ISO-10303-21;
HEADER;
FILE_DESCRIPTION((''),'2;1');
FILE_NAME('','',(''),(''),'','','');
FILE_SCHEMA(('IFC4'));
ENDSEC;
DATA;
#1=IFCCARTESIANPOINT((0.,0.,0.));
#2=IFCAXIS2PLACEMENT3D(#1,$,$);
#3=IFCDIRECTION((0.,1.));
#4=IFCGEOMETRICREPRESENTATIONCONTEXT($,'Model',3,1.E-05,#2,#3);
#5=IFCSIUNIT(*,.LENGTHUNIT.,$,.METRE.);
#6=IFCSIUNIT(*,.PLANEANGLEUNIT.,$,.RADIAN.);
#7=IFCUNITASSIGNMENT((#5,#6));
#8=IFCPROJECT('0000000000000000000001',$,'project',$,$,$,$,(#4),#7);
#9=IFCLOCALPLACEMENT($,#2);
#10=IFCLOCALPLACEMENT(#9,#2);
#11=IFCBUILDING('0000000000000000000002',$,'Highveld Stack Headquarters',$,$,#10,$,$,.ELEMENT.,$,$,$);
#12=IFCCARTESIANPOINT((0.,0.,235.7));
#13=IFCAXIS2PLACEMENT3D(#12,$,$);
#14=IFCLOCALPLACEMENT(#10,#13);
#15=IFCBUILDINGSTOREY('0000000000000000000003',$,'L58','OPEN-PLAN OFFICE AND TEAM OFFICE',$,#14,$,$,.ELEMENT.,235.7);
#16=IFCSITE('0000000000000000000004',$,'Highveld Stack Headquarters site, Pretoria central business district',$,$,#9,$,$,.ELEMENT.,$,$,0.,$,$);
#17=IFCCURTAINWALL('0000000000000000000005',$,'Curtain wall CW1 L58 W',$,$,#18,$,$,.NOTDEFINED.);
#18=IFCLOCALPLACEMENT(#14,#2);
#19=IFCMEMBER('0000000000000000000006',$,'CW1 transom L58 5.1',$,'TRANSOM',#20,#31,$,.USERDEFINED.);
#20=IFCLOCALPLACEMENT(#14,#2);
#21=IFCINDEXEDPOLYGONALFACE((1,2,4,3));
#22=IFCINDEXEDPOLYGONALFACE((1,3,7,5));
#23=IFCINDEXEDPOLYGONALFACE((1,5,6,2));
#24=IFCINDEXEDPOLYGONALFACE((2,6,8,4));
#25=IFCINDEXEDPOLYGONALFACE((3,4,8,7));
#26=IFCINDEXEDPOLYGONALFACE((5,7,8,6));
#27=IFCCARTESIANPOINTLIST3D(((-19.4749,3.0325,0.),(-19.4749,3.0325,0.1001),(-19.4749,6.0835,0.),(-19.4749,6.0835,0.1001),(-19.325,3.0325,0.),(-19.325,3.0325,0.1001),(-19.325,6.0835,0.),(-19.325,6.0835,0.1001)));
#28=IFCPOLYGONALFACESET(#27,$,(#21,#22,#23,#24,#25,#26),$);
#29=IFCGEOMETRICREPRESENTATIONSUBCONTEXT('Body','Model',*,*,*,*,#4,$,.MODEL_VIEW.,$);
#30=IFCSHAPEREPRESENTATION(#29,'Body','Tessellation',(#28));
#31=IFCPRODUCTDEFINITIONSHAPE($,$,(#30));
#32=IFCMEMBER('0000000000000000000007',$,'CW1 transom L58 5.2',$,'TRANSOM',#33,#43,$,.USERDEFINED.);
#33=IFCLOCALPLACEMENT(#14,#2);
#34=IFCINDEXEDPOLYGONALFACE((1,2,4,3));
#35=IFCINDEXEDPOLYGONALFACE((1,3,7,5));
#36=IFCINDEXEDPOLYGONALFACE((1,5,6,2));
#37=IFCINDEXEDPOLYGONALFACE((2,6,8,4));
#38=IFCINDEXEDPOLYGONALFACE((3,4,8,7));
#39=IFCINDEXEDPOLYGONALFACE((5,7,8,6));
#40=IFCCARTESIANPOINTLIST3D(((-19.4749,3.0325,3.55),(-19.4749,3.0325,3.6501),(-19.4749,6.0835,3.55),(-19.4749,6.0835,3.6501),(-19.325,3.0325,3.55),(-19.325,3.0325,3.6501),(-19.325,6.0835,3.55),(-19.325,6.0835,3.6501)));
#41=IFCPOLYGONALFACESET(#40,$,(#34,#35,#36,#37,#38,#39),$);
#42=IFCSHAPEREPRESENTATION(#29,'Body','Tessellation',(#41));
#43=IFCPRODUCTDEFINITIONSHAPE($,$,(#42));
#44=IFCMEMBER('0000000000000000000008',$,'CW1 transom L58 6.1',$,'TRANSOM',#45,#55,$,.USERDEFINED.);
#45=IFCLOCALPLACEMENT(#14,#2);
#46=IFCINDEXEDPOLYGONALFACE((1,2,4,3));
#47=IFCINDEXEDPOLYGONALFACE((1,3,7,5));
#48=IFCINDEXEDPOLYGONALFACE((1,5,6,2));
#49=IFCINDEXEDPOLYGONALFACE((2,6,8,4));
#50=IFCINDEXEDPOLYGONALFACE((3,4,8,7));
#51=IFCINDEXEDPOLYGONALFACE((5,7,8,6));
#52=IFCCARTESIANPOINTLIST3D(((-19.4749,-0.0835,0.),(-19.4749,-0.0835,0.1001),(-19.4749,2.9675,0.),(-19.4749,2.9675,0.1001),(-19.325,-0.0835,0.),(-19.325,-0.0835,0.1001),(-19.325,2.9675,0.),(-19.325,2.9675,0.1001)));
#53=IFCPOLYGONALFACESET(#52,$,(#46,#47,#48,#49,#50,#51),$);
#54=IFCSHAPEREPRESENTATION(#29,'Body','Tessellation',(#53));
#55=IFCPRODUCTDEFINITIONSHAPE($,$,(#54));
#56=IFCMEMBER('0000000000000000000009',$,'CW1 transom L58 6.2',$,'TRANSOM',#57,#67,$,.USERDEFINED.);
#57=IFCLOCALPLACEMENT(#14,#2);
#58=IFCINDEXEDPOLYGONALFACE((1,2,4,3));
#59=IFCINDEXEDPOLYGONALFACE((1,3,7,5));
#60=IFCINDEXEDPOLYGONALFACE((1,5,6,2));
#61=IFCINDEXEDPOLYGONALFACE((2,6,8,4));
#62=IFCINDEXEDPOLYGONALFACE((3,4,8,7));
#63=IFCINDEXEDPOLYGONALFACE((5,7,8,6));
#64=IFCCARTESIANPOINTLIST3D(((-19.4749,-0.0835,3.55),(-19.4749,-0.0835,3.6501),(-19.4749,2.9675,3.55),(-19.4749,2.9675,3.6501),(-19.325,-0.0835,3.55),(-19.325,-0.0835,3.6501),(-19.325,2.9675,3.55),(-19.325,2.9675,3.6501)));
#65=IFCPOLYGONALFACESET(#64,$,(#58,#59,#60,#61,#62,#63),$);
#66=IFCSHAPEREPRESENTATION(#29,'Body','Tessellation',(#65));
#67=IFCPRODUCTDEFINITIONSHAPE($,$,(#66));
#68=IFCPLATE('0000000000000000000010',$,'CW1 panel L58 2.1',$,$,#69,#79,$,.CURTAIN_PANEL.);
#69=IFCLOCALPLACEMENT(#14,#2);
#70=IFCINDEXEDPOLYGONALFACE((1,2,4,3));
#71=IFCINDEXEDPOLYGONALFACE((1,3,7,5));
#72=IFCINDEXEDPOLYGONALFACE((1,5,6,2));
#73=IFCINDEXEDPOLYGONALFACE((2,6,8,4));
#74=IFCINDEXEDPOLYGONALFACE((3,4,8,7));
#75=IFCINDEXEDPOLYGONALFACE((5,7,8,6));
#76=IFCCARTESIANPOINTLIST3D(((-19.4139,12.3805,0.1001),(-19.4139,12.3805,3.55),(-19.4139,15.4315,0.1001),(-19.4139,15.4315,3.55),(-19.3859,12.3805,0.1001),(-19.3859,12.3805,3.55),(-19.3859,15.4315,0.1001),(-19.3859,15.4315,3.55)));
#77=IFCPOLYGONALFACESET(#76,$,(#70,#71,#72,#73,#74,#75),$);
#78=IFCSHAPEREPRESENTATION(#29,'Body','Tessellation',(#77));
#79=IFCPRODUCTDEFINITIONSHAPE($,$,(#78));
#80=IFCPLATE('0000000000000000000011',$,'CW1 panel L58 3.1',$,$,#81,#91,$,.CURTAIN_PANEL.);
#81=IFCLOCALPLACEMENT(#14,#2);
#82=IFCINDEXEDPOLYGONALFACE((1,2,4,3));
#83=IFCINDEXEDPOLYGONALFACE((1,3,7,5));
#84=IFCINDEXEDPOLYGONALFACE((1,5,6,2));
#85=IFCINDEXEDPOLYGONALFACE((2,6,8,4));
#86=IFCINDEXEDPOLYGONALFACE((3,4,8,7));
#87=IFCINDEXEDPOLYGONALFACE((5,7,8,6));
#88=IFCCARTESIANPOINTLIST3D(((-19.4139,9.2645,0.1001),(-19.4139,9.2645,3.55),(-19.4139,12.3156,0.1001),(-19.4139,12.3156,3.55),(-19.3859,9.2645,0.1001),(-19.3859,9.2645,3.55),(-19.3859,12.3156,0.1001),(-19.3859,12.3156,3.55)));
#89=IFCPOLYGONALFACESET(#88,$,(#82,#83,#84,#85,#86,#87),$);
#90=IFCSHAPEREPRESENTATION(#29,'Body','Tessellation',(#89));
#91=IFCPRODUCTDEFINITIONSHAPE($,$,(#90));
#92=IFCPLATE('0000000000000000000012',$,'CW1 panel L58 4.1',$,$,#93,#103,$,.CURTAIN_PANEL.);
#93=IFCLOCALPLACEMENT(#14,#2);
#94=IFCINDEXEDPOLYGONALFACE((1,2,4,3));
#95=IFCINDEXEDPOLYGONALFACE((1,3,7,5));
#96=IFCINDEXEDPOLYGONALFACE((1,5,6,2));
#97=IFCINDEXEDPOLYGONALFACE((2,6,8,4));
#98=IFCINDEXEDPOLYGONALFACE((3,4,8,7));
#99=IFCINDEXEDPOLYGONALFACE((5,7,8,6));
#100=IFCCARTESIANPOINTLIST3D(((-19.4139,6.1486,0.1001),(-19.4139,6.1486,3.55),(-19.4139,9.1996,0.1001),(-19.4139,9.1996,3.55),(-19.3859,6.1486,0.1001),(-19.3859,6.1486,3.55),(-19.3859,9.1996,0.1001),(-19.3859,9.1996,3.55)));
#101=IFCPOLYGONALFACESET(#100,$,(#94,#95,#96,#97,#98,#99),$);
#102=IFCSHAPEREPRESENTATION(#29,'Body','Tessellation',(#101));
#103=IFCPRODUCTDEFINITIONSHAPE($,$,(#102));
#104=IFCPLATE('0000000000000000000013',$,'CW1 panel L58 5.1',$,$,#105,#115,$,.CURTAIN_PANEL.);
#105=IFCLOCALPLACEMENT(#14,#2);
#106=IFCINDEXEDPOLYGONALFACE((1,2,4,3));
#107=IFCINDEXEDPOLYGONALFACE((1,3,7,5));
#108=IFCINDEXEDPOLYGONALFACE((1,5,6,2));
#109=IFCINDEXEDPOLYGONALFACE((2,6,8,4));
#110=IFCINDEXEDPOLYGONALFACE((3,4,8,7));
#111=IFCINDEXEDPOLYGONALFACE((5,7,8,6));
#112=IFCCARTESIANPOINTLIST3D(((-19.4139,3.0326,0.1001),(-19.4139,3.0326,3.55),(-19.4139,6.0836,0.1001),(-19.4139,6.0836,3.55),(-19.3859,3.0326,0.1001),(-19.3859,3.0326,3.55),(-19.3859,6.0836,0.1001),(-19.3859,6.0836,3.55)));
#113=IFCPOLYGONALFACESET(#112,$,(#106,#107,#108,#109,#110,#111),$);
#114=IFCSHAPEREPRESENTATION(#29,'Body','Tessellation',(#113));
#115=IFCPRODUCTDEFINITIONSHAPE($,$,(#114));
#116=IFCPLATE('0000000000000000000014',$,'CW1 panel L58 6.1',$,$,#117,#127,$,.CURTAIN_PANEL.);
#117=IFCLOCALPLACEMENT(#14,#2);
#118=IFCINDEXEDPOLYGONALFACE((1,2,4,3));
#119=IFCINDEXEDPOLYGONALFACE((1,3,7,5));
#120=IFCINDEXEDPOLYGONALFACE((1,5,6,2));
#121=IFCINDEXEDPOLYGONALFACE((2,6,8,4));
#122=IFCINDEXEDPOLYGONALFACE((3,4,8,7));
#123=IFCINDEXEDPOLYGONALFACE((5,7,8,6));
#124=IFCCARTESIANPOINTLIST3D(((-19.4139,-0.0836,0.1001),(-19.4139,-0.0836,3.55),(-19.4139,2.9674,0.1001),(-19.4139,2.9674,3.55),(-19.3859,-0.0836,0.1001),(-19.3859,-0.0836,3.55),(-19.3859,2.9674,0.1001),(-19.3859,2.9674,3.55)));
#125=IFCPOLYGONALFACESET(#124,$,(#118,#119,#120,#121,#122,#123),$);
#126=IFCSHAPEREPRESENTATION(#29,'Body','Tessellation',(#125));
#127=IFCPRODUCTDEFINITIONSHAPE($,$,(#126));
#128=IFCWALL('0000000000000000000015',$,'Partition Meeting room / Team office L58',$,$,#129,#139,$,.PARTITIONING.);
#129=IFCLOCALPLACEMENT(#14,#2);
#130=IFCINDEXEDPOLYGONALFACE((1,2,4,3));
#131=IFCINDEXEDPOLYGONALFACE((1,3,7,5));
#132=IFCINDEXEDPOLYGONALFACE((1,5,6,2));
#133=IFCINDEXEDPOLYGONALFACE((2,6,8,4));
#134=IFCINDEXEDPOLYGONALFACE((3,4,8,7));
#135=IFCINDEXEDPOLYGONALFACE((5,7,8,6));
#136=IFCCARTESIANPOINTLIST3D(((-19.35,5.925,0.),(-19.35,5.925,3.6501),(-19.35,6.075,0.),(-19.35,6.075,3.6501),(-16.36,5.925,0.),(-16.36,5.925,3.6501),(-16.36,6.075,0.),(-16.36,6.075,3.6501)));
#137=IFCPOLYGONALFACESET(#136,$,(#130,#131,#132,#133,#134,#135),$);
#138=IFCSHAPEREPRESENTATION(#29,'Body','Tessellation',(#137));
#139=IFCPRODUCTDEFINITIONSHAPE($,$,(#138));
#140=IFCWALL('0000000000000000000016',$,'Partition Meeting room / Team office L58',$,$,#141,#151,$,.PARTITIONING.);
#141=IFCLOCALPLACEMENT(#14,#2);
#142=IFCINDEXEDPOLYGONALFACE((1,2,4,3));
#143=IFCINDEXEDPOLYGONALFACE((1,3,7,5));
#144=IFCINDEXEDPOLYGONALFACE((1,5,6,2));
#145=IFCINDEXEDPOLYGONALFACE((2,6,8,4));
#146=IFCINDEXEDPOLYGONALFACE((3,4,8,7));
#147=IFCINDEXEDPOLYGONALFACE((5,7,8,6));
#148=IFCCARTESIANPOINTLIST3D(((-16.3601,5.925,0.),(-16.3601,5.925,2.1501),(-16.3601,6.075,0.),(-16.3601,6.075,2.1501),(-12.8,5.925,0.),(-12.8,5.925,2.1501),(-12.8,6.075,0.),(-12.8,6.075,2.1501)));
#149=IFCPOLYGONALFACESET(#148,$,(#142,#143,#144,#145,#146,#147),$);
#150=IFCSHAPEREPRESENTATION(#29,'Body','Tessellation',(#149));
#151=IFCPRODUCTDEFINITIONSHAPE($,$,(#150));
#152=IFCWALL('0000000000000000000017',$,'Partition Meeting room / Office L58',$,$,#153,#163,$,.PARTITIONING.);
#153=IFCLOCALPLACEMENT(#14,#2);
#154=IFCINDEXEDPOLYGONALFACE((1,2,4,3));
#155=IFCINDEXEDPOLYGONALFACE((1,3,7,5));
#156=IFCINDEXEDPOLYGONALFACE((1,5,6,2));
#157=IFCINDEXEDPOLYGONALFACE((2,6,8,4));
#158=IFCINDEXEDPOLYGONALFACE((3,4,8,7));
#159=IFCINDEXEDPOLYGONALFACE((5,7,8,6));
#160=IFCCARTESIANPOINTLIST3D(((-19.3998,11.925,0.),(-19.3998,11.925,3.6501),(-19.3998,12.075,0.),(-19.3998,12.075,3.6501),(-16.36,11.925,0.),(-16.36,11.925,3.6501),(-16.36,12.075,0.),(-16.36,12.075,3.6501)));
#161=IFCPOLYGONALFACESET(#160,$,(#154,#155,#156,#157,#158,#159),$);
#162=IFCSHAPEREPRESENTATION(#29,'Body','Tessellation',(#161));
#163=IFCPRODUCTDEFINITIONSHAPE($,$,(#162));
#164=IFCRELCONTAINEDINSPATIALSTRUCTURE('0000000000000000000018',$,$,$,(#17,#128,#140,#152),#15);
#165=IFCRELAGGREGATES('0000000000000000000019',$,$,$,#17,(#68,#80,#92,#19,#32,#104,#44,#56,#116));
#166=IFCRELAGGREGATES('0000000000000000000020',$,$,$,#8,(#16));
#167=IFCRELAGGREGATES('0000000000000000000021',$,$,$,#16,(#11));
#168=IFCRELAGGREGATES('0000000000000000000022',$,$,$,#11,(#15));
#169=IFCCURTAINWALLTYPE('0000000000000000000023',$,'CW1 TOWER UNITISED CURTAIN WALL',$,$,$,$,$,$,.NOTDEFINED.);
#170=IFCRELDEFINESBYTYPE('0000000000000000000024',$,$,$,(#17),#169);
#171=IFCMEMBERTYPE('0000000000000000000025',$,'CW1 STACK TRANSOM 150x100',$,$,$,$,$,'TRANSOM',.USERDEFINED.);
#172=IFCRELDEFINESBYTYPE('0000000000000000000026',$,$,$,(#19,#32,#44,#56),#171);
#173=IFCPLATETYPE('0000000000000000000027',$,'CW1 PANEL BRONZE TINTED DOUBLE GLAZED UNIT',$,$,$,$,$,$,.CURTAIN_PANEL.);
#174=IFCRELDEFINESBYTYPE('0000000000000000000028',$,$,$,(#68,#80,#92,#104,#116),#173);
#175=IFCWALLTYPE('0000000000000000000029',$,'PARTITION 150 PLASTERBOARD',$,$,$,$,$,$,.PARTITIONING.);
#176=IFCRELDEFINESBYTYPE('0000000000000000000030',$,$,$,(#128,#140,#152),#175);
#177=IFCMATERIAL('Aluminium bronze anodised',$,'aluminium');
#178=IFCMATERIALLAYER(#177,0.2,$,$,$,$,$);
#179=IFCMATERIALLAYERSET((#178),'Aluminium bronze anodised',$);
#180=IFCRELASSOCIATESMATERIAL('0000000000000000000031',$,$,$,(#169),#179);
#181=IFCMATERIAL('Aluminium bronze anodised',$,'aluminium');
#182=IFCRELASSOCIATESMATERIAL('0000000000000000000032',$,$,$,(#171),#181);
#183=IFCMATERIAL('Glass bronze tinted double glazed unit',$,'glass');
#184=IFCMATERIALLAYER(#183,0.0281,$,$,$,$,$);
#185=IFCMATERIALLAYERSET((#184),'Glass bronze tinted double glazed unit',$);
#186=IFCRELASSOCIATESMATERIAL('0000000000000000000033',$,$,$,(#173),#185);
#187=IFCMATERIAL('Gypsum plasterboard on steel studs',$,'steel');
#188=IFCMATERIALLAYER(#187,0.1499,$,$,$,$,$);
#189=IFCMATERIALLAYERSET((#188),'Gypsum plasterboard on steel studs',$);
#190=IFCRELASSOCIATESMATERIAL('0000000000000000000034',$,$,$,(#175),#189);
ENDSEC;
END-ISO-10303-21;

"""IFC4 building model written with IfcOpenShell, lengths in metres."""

from ifc_helpers import new_model, si_unit, direction, frame, frame_2d, origin, origin_2d, place, context, subcontext, project, spatial, rectangle, extrude, material, layer, layer_set, material_profile, profile_set, type_object, element, aggregate, save


model = new_model("IFC4")

# Units and contexts
model_context = context("Model", 3, precision=1e-05, world=origin(), true_north=direction((0.0, 1.0)))
body_context = subcontext(model_context, "Body", "Model", "MODEL_VIEW")
ifc_project = project(units=[si_unit("LENGTHUNIT", "METRE"), si_unit("PLANEANGLEUNIT", "RADIAN")], contexts=[model_context])

# Site, building, storey
site_placement = place(None, origin())
site = spatial("IfcSite", under=ifc_project, at=site_placement, Name="Highveld Stack Headquarters site, Pretoria central business district", CompositionType="ELEMENT", RefElevation=0.0)
building_placement = place(site_placement, origin())
building = spatial("IfcBuilding", under=site, at=building_placement, Name="Highveld Stack Headquarters", CompositionType="ELEMENT")
storey_placement = place(building_placement, frame((0.0, 0.0, 235.7)))
storey = spatial("IfcBuildingStorey", under=building, at=storey_placement, Name="L58", Description="OPEN-PLAN OFFICE AND TEAM OFFICE", CompositionType="ELEMENT", Elevation=235.7)

# Curtain wall, members, plates
ifc_material_1 = material(Name="Aluminium bronze anodised", Category="aluminium")
ifc_layer_1 = layer(ifc_material_1, 0.2)
ifc_layer_set_1 = layer_set([ifc_layer_1], Name="Aluminium bronze anodised")
curtain_wall_type = type_object("IfcCurtainWallType", Name="CW1 TOWER UNITISED CURTAIN WALL", PredefinedType="NOTDEFINED", material=ifc_layer_set_1)
curtain_wall_placement = place(storey_placement, origin())
curtain_wall = element("IfcCurtainWall", 1, at=curtain_wall_placement, inside=storey, type_object=curtain_wall_type, Name="Curtain wall CW1 L58 W", PredefinedType="NOTDEFINED")
ifc_material_2 = material(Name="Aluminium bronze anodised", Category="aluminium")
ifc_material_profile_1 = material_profile(ifc_material_2, rectangle(XDim=0.1499, YDim=0.1001, at=origin_2d()), Name="CW1 TRANSOM 150x100")
ifc_profile_set_1 = profile_set([ifc_material_profile_1], Name="Aluminium bronze anodised")
member_type_1 = type_object("IfcMemberType", Name="CW1 STACK TRANSOM 150x100", ElementType="TRANSOM", PredefinedType="USERDEFINED", material=ifc_profile_set_1)
member_1_placement = place(storey_placement, frame((-19.3999, 6.0835, 0.05), z_axis=(0.0, -1.0, 0.0), x_axis=(1.0, 0.0, 0.0)))
member_1 = element("IfcMember", 2, at=member_1_placement, type_object=member_type_1, Name="CW1 transom L58 5.1", ObjectType="TRANSOM", PredefinedType="USERDEFINED", context=body_context, shape_type="SweptSolid", body=[
    extrude(rectangle(XDim=0.1499, YDim=0.1001, at=origin_2d()), origin(), (0.0, 0.0, 1.0), 3.051),
])
member_2_placement = place(storey_placement, frame((-19.3999, 6.0835, 3.6001), z_axis=(0.0, -1.0, 0.0), x_axis=(1.0, 0.0, 0.0)))
member_2 = element("IfcMember", 3, at=member_2_placement, type_object=member_type_1, Name="CW1 transom L58 5.2", ObjectType="TRANSOM", PredefinedType="USERDEFINED", context=body_context, shape_type="SweptSolid", body=[
    extrude(rectangle(XDim=0.1499, YDim=0.1001, at=origin_2d()), origin(), (0.0, 0.0, 1.0), 3.051),
])
member_3_placement = place(storey_placement, frame((-19.3999, 2.9675, 0.05), z_axis=(0.0, -1.0, 0.0), x_axis=(1.0, 0.0, 0.0)))
member_3 = element("IfcMember", 4, at=member_3_placement, type_object=member_type_1, Name="CW1 transom L58 6.1", ObjectType="TRANSOM", PredefinedType="USERDEFINED", context=body_context, shape_type="SweptSolid", body=[
    extrude(rectangle(XDim=0.1499, YDim=0.1001, at=origin_2d()), origin(), (0.0, 0.0, 1.0), 3.051),
])
member_4_placement = place(storey_placement, frame((-19.3999, 2.9675, 3.6001), z_axis=(0.0, -1.0, 0.0), x_axis=(1.0, 0.0, 0.0)))
member_4 = element("IfcMember", 5, at=member_4_placement, type_object=member_type_1, Name="CW1 transom L58 6.2", ObjectType="TRANSOM", PredefinedType="USERDEFINED", context=body_context, shape_type="SweptSolid", body=[
    extrude(rectangle(XDim=0.1499, YDim=0.1001, at=origin_2d()), origin(), (0.0, 0.0, 1.0), 3.051),
])
ifc_material_3 = material(Name="Glass bronze tinted double glazed unit", Category="glass")
ifc_layer_2 = layer(ifc_material_3, 0.0281)
ifc_layer_set_2 = layer_set([ifc_layer_2], Name="Glass bronze tinted double glazed unit")
plate_type = type_object("IfcPlateType", Name="CW1 PANEL BRONZE TINTED DOUBLE GLAZED UNIT", PredefinedType="CURTAIN_PANEL", material=ifc_layer_set_2)
plate_1_placement = place(storey_placement, frame((-19.3999, 13.906, 0.1001), z_axis=(0.0, 0.0, 1.0), x_axis=(0.0, -1.0, 0.0)))
plate_1 = element("IfcPlate", 6, at=plate_1_placement, type_object=plate_type, Name="CW1 panel L58 2.1", PredefinedType="CURTAIN_PANEL", context=body_context, shape_type="SweptSolid", body=[
    extrude(rectangle(XDim=3.051, YDim=0.0281, at=origin_2d()), origin(), (0.0, 0.0, 1.0), 3.45),
])
plate_2_placement = place(storey_placement, frame((-19.3999, 10.79, 0.1001), z_axis=(0.0, 0.0, 1.0), x_axis=(0.0, -1.0, 0.0)))
plate_2 = element("IfcPlate", 7, at=plate_2_placement, type_object=plate_type, Name="CW1 panel L58 3.1", PredefinedType="CURTAIN_PANEL", context=body_context, shape_type="SweptSolid", body=[
    extrude(rectangle(XDim=3.051, YDim=0.0281, at=origin_2d()), origin(), (0.0, 0.0, 1.0), 3.45),
])
plate_3_placement = place(storey_placement, frame((-19.3999, 7.6741, 0.1001), z_axis=(0.0, 0.0, 1.0), x_axis=(0.0, -1.0, 0.0)))
plate_3 = element("IfcPlate", 8, at=plate_3_placement, type_object=plate_type, Name="CW1 panel L58 4.1", PredefinedType="CURTAIN_PANEL", context=body_context, shape_type="SweptSolid", body=[
    extrude(rectangle(XDim=3.051, YDim=0.0281, at=origin_2d()), origin(), (0.0, 0.0, 1.0), 3.45),
])
plate_4_placement = place(storey_placement, frame((-19.3999, 4.5581, 0.1001), z_axis=(0.0, 0.0, 1.0), x_axis=(0.0, -1.0, 0.0)))
plate_4 = element("IfcPlate", 9, at=plate_4_placement, type_object=plate_type, Name="CW1 panel L58 5.1", PredefinedType="CURTAIN_PANEL", context=body_context, shape_type="SweptSolid", body=[
    extrude(rectangle(XDim=3.051, YDim=0.0281, at=origin_2d()), origin(), (0.0, 0.0, 1.0), 3.45),
])
plate_5_placement = place(storey_placement, frame((-19.3999, 1.4419, 0.1001), z_axis=(0.0, 0.0, 1.0), x_axis=(0.0, -1.0, 0.0)))
plate_5 = element("IfcPlate", 10, at=plate_5_placement, type_object=plate_type, Name="CW1 panel L58 6.1", PredefinedType="CURTAIN_PANEL", context=body_context, shape_type="SweptSolid", body=[
    extrude(rectangle(XDim=3.051, YDim=0.0281, at=origin_2d()), origin(), (0.0, 0.0, 1.0), 3.45),
])
aggregate(curtain_wall, [plate_1, plate_2, plate_3, member_1, member_2, plate_4, member_3, member_4, plate_5])

# Walls
ifc_material_4 = material(Name="Gypsum plasterboard on steel studs", Category="steel")
ifc_layer_3 = layer(ifc_material_4, 0.1499)
ifc_layer_set_3 = layer_set([ifc_layer_3], Name="Gypsum plasterboard on steel studs")
wall_type = type_object("IfcWallType", Name="PARTITION 150 PLASTERBOARD", PredefinedType="PARTITIONING", material=ifc_layer_set_3)
wall_1_placement = place(storey_placement, frame((-19.3501, 6.0, 0.0), z_axis=(0.0, 0.0, 1.0), x_axis=(1.0, 0.0, 0.0)))
element("IfcWall", 11, at=wall_1_placement, inside=storey, type_object=wall_type, Name="Partition Meeting room / Team office L58", PredefinedType="PARTITIONING", context=body_context, shape_type="SweptSolid", body=[
    extrude(rectangle(XDim=2.99, YDim=0.1499, at=frame_2d((1.4951, 0.0))), origin(), (0.0, 0.0, 1.0), 3.6501),
])
wall_2_placement = place(storey_placement, frame((-16.3601, 6.0, 0.0), z_axis=(0.0, 0.0, 1.0), x_axis=(1.0, 0.0, 0.0)))
element("IfcWall", 12, at=wall_2_placement, inside=storey, type_object=wall_type, Name="Partition Meeting room / Team office L58", PredefinedType="PARTITIONING", context=body_context, shape_type="SweptSolid", body=[
    extrude(rectangle(XDim=3.5601, YDim=0.1499, at=frame_2d((1.78, 0.0))), origin(), (0.0, 0.0, 1.0), 2.1501),
])
wall_3_placement = place(storey_placement, frame((-19.3999, 12.0, 0.0), z_axis=(0.0, 0.0, 1.0), x_axis=(1.0, 0.0, 0.0)))
element("IfcWall", 13, at=wall_3_placement, inside=storey, type_object=wall_type, Name="Partition Meeting room / Office L58", PredefinedType="PARTITIONING", context=body_context, shape_type="SweptSolid", body=[
    extrude(rectangle(XDim=3.0398, YDim=0.1499, at=frame_2d((1.52, 0.0))), origin(), (0.0, 0.0, 1.0), 3.6501),
])

save(model, "model.ifc")
